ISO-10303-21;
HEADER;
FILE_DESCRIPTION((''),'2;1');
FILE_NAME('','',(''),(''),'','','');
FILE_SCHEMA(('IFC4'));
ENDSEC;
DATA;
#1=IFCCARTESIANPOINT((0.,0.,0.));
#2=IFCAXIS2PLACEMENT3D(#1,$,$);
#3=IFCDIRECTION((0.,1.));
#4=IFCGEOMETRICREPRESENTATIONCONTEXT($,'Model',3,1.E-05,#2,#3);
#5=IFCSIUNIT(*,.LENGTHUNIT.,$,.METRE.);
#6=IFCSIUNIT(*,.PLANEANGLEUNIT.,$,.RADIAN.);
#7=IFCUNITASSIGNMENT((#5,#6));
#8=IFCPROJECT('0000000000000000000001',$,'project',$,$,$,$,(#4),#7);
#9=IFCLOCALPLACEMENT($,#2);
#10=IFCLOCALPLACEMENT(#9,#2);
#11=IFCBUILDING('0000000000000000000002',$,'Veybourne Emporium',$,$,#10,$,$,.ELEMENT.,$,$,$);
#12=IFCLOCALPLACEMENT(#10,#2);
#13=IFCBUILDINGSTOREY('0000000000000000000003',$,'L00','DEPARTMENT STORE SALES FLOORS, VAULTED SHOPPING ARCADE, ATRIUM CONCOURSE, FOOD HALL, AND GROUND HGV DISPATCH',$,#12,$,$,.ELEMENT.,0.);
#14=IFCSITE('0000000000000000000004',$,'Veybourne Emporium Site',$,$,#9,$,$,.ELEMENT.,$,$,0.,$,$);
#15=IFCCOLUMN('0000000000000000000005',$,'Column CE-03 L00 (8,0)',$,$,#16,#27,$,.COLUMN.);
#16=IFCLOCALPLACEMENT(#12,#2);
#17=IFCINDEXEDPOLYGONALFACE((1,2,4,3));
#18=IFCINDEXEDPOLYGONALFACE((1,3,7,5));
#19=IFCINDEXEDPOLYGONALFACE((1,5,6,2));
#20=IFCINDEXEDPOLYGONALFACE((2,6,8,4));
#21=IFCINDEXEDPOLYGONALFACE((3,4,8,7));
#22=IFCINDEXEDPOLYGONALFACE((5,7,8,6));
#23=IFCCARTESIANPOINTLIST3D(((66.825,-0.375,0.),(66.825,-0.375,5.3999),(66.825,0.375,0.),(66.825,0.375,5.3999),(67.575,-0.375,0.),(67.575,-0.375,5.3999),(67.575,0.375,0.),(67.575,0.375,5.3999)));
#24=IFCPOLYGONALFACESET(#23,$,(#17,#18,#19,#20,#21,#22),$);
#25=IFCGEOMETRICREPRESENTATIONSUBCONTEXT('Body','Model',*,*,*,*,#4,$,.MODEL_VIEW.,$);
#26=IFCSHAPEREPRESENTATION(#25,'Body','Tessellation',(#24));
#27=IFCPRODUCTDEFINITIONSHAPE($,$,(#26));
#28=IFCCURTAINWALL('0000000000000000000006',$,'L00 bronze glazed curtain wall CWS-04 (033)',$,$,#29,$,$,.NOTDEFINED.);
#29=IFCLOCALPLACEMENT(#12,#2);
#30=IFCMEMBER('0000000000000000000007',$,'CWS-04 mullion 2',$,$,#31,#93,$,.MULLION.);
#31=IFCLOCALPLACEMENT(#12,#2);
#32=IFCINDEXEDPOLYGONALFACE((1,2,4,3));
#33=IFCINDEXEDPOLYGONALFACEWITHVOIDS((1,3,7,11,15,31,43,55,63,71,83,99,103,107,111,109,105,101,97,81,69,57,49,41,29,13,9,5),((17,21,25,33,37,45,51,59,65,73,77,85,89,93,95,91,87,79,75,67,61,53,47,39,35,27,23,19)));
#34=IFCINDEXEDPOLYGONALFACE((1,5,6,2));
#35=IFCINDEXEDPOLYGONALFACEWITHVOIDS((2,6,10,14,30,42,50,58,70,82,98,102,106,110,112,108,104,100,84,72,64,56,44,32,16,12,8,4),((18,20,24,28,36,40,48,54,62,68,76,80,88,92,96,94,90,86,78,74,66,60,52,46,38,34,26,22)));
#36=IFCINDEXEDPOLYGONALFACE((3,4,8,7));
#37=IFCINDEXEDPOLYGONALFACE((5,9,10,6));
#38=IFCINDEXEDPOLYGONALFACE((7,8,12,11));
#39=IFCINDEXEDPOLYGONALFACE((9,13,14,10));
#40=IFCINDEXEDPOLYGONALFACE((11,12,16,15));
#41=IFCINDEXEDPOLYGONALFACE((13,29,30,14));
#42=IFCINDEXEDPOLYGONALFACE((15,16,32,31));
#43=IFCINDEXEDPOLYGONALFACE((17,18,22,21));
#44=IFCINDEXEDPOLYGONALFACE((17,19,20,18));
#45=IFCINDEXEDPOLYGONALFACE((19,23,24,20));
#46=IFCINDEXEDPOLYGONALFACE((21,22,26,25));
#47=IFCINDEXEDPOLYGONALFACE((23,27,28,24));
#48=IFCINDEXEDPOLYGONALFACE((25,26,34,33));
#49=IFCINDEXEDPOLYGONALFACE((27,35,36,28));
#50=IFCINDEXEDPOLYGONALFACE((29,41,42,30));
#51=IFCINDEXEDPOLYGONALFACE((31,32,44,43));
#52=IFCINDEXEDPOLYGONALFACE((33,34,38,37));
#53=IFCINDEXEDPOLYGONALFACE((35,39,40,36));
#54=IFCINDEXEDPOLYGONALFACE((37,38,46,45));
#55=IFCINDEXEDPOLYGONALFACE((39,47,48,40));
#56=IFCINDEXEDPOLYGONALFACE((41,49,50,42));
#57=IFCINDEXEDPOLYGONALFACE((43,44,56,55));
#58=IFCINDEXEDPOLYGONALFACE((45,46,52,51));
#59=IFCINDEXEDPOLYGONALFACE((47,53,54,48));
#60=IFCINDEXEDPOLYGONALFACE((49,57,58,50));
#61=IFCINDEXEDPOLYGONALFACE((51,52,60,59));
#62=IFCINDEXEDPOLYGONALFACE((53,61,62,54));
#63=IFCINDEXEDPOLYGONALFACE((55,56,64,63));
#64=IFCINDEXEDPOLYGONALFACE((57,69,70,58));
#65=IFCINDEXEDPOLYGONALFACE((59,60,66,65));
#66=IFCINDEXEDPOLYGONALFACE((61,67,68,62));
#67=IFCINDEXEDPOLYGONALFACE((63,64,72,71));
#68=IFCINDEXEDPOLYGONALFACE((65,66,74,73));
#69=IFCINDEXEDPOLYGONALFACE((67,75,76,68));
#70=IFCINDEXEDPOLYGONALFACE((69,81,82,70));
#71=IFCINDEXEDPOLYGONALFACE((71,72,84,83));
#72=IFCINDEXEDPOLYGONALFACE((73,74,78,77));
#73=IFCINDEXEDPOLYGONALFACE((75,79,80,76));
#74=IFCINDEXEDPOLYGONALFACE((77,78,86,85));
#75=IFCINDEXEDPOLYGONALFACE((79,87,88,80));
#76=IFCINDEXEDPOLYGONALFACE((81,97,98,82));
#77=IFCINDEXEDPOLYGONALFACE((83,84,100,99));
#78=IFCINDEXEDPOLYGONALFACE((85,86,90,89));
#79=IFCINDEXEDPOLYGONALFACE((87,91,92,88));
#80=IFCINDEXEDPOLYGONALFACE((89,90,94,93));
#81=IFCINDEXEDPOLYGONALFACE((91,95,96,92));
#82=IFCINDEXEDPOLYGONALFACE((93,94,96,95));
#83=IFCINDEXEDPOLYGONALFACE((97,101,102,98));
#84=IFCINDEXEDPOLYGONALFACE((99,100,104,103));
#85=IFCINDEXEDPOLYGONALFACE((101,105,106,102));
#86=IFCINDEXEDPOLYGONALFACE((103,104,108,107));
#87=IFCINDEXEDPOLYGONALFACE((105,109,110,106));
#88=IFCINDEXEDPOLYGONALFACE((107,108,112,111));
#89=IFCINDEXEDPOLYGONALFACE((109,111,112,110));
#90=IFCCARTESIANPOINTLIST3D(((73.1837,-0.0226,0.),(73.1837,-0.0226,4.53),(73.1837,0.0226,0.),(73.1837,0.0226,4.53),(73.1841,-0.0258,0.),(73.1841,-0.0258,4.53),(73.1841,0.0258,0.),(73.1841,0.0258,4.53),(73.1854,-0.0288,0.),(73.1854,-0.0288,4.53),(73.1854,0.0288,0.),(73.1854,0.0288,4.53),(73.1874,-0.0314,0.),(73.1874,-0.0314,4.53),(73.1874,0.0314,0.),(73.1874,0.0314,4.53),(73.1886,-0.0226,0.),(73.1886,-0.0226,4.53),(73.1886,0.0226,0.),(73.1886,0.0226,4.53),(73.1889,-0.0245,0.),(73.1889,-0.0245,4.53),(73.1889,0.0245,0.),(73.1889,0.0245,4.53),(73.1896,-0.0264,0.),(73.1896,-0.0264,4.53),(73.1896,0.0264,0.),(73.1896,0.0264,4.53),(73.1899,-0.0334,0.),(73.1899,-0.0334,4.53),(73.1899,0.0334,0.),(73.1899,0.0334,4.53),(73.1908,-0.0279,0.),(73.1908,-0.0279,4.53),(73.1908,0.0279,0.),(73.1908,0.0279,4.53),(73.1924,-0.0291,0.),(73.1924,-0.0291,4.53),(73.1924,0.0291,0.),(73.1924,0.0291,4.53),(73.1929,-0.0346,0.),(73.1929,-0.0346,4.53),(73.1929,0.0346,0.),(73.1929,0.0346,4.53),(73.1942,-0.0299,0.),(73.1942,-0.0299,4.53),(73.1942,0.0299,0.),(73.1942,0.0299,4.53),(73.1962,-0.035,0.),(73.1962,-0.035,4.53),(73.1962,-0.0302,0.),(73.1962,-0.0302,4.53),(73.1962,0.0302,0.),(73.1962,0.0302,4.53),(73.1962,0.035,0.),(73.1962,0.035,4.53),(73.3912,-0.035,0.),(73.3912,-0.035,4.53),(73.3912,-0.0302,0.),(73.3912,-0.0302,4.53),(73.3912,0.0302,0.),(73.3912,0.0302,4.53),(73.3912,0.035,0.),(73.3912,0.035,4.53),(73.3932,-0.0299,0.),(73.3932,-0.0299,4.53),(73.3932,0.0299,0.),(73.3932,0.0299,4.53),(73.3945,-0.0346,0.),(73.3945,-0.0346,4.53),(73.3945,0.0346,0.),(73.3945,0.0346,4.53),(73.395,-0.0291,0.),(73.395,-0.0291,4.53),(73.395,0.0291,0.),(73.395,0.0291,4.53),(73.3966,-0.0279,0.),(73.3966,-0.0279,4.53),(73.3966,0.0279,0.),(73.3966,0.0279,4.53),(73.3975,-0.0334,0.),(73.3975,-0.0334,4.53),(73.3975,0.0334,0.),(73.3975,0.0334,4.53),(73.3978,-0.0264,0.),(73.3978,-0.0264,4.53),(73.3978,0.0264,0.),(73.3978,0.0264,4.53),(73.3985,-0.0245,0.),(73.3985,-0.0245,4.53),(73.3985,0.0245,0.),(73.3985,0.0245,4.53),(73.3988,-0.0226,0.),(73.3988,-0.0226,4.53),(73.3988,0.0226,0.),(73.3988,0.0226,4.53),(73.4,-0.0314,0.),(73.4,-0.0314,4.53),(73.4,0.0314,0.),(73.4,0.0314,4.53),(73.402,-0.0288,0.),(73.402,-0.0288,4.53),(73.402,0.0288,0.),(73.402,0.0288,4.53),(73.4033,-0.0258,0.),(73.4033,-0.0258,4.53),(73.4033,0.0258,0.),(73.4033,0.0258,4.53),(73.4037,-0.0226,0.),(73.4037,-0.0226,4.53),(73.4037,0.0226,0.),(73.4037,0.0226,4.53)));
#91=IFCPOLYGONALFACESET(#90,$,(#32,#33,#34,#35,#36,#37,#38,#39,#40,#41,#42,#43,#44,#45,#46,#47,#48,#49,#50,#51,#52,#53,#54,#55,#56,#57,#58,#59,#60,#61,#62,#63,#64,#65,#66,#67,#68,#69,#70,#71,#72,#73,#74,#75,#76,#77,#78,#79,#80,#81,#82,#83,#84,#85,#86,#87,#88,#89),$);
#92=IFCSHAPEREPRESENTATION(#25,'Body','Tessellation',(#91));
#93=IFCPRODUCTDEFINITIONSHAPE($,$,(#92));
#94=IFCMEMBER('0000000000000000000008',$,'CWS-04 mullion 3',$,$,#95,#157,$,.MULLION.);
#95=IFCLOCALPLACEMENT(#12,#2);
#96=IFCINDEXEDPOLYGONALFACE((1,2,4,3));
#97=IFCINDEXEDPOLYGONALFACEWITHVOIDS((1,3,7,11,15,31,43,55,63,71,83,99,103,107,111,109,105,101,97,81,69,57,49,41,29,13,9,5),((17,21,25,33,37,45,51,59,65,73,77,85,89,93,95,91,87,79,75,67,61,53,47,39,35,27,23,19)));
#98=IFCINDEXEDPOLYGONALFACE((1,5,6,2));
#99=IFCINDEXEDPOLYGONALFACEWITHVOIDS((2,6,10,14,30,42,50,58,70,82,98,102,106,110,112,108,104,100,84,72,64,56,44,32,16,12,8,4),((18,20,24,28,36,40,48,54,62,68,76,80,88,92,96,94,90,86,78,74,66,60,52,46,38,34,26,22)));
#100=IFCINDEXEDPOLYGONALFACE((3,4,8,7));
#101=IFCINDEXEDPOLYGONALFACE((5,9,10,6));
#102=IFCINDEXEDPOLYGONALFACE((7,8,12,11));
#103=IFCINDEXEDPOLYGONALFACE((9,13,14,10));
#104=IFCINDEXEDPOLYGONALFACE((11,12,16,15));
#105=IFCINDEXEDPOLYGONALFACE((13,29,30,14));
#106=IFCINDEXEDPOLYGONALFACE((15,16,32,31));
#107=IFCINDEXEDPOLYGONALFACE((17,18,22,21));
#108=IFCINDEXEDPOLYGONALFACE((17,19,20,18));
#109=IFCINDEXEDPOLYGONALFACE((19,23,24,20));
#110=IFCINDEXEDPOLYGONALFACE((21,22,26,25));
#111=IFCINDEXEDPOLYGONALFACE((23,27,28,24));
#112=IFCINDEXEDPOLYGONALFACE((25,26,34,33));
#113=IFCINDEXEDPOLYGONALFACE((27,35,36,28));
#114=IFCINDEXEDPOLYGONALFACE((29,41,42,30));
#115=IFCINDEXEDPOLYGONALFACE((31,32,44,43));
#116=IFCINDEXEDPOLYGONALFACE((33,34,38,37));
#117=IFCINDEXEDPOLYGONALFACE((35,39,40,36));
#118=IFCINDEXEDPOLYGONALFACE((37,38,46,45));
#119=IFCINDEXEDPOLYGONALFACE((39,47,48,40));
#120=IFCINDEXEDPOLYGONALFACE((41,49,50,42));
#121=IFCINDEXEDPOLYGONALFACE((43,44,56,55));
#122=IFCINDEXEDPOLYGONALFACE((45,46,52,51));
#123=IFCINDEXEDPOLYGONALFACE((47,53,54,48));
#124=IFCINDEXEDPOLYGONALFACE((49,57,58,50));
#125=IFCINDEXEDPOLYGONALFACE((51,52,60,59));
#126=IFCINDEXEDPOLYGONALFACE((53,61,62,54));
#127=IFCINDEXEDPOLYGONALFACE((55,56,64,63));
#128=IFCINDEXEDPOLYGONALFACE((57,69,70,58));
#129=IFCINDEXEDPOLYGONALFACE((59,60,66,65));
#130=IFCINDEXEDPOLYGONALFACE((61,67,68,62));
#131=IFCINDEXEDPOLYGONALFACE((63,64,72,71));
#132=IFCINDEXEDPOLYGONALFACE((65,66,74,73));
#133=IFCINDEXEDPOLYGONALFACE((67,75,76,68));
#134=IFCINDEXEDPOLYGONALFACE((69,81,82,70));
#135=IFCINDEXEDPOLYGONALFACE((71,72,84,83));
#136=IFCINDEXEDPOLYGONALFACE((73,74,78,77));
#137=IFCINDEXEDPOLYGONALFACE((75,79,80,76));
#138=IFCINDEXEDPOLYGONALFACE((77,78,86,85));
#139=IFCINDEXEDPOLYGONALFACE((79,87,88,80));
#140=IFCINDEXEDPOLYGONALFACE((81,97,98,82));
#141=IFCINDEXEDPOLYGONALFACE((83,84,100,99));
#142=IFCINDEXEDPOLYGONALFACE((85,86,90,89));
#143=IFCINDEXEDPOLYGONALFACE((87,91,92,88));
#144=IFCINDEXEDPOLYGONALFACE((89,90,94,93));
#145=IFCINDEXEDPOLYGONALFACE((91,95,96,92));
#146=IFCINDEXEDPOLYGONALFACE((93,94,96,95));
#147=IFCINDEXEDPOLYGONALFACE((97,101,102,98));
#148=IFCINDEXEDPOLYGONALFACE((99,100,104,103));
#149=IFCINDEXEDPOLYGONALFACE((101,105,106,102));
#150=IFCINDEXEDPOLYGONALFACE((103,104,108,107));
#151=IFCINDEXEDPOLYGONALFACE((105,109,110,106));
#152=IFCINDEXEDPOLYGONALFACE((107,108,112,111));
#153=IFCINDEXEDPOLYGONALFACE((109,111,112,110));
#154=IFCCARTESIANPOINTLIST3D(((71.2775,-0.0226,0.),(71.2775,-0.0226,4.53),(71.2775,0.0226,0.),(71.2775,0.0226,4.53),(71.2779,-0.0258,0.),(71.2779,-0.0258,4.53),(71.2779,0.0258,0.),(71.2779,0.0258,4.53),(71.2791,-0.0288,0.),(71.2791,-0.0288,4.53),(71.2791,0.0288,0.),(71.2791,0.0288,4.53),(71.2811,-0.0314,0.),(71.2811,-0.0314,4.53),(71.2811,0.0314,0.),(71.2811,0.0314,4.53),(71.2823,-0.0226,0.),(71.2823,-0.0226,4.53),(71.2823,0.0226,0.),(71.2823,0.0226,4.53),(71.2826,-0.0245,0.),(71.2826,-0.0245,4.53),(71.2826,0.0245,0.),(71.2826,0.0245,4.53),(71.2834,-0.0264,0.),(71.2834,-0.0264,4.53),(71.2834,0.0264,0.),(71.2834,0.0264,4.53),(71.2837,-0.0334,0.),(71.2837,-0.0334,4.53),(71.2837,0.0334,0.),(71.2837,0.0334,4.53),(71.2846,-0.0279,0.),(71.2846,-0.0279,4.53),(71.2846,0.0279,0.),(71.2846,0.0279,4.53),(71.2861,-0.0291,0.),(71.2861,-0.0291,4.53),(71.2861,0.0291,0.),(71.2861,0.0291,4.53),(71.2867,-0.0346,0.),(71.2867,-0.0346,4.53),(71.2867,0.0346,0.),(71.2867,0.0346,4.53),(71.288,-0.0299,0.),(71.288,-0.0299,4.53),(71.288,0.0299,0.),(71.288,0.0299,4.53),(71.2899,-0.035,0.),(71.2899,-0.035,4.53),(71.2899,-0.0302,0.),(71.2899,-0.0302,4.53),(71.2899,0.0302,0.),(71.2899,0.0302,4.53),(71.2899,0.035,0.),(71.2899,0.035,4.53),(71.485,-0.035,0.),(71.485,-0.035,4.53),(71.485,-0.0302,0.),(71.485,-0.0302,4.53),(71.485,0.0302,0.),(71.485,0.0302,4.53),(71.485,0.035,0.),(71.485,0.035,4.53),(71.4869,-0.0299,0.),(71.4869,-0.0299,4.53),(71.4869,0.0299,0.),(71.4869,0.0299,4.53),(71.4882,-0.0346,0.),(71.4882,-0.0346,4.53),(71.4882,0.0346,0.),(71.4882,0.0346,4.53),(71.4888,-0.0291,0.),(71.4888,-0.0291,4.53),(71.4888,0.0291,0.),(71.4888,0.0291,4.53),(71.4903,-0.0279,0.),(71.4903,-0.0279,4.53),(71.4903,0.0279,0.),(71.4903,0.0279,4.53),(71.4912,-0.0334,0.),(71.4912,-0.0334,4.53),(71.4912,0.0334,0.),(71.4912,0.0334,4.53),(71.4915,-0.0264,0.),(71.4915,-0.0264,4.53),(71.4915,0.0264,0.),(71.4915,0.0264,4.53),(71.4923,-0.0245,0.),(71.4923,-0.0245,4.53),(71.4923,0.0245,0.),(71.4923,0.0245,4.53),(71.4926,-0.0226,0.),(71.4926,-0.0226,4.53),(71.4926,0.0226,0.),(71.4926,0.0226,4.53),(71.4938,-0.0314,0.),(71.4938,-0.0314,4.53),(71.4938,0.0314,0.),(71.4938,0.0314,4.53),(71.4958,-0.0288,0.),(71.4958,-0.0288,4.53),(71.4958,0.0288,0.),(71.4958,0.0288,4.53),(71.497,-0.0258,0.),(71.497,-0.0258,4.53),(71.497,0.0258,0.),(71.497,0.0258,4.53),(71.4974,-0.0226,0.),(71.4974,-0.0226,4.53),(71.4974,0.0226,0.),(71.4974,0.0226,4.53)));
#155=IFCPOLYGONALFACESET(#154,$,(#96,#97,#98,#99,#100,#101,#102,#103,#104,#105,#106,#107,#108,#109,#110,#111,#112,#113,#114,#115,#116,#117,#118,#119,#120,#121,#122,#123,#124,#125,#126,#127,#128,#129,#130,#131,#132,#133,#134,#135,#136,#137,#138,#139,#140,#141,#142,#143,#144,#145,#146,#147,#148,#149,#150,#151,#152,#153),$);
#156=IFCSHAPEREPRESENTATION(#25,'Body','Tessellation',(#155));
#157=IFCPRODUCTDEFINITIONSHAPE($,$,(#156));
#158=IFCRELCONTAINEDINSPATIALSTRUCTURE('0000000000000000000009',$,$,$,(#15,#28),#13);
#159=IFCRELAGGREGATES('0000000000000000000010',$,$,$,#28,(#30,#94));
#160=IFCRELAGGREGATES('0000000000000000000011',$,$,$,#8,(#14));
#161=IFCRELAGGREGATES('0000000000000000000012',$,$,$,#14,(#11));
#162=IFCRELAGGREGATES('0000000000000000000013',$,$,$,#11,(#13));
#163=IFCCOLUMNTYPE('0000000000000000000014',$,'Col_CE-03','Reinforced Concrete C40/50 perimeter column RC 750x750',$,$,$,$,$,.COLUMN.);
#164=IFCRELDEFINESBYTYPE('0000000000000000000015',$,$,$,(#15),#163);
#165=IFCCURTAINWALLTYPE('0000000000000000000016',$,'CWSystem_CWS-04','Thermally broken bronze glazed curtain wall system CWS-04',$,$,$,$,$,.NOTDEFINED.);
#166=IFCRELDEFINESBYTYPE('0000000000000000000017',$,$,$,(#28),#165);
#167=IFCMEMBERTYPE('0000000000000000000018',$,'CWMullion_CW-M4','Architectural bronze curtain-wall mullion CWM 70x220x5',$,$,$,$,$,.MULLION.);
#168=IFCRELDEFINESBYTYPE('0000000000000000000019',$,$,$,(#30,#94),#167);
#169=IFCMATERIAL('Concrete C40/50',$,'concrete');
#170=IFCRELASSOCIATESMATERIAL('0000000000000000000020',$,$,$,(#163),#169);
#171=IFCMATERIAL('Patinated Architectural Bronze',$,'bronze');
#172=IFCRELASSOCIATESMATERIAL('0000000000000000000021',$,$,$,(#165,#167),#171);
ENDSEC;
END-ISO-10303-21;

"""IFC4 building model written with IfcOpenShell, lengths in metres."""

from ifc_helpers import new_model, si_unit, direction, frame, origin, origin_2d, place, context, subcontext, project, spatial, rectangle, hollow_rectangle, extrude, material, material_profile, profile_set, type_object, element, aggregate, save


model = new_model("IFC4")

# Units and contexts
model_context = context("Model", 3, precision=1e-05, world=origin(), true_north=direction((0.0, 1.0)))
body_context = subcontext(model_context, "Body", "Model", "MODEL_VIEW")
ifc_project = project(units=[si_unit("LENGTHUNIT", "METRE"), si_unit("PLANEANGLEUNIT", "RADIAN")], contexts=[model_context])

# Site, building, storey
site_placement = place(None, origin())
site = spatial("IfcSite", under=ifc_project, at=site_placement, Name="Veybourne Emporium Site", CompositionType="ELEMENT", RefElevation=0.0)
building_placement = place(site_placement, origin())
building = spatial("IfcBuilding", under=site, at=building_placement, Name="Veybourne Emporium", CompositionType="ELEMENT")
storey_placement = place(building_placement, origin())
storey = spatial("IfcBuildingStorey", under=building, at=storey_placement, Name="L00", Description="DEPARTMENT STORE SALES FLOORS, VAULTED SHOPPING ARCADE, ATRIUM CONCOURSE, FOOD HALL, AND GROUND HGV DISPATCH", CompositionType="ELEMENT", Elevation=0.0)

# Column
ifc_material_1 = material(Name="Concrete C40/50", Category="concrete")
ifc_material_profile_1 = material_profile(ifc_material_1, rectangle(XDim=0.75, YDim=0.75, at=origin_2d()), Name="RC 750x750")
ifc_profile_set_1 = profile_set([ifc_material_profile_1], Name="Concrete C40/50")
column_type = type_object("IfcColumnType", Name="Col_CE-03", Description="Reinforced Concrete C40/50 perimeter column RC 750x750", PredefinedType="COLUMN", material=ifc_profile_set_1)
column_placement = place(storey_placement, frame((67.2, 0.0, 0.0), z_axis=(0.0, 0.0, 1.0), x_axis=(1.0, 0.0, 0.0)))
element("IfcColumn", 1, at=column_placement, inside=storey, type_object=column_type, Name="Column CE-03 L00 (8,0)", PredefinedType="COLUMN", context=body_context, shape_type="SweptSolid", body=[
    extrude(rectangle(XDim=0.75, YDim=0.75, at=origin_2d()), origin(), (0.0, 0.0, 1.0), 5.3999),
])

# Curtain wall, members
ifc_material_2 = material(Name="Patinated Architectural Bronze", Category="bronze")
curtain_wall_type = type_object("IfcCurtainWallType", Name="CWSystem_CWS-04", Description="Thermally broken bronze glazed curtain wall system CWS-04", PredefinedType="NOTDEFINED", material=ifc_material_2)
curtain_wall_placement = place(storey_placement, origin())
curtain_wall = element("IfcCurtainWall", 2, at=curtain_wall_placement, inside=storey, type_object=curtain_wall_type, Name="L00 bronze glazed curtain wall CWS-04 (033)", PredefinedType="NOTDEFINED")
ifc_material_profile_2 = material_profile(ifc_material_2, hollow_rectangle(XDim=0.0701, YDim=0.22, WallThickness=0.0049, InnerFilletRadius=0.0076, OuterFilletRadius=0.0125, at=origin_2d()), Name="CWM 70x220x5")
ifc_profile_set_2 = profile_set([ifc_material_profile_2], Name="Patinated Architectural Bronze")
member_type_1 = type_object("IfcMemberType", Name="CWMullion_CW-M4", Description="Architectural bronze curtain-wall mullion CWM 70x220x5", PredefinedType="MULLION", material=ifc_profile_set_2)
member_1_placement = place(storey_placement, frame((73.2937, 0.0, 0.0), z_axis=(0.0, 0.0, 1.0), x_axis=(0.0, -1.0, 0.0)))
member_1 = element("IfcMember", 3, at=member_1_placement, type_object=member_type_1, Name="CWS-04 mullion 2", PredefinedType="MULLION", context=body_context, shape_type="SweptSolid", body=[
    extrude(hollow_rectangle(XDim=0.0701, YDim=0.22, WallThickness=0.0049, InnerFilletRadius=0.0076, OuterFilletRadius=0.0125, at=origin_2d()), origin(), (0.0, 0.0, 1.0), 4.53),
])
member_2_placement = place(storey_placement, frame((71.3875, 0.0, 0.0), z_axis=(0.0, 0.0, 1.0), x_axis=(0.0, -1.0, 0.0)))
member_2 = element("IfcMember", 4, at=member_2_placement, type_object=member_type_1, Name="CWS-04 mullion 3", PredefinedType="MULLION", context=body_context, shape_type="SweptSolid", body=[
    extrude(hollow_rectangle(XDim=0.0701, YDim=0.22, WallThickness=0.0049, InnerFilletRadius=0.0076, OuterFilletRadius=0.0125, at=origin_2d()), origin(), (0.0, 0.0, 1.0), 4.53),
])

aggregate(curtain_wall, [member_1, member_2])

save(model, "model.ifc")
